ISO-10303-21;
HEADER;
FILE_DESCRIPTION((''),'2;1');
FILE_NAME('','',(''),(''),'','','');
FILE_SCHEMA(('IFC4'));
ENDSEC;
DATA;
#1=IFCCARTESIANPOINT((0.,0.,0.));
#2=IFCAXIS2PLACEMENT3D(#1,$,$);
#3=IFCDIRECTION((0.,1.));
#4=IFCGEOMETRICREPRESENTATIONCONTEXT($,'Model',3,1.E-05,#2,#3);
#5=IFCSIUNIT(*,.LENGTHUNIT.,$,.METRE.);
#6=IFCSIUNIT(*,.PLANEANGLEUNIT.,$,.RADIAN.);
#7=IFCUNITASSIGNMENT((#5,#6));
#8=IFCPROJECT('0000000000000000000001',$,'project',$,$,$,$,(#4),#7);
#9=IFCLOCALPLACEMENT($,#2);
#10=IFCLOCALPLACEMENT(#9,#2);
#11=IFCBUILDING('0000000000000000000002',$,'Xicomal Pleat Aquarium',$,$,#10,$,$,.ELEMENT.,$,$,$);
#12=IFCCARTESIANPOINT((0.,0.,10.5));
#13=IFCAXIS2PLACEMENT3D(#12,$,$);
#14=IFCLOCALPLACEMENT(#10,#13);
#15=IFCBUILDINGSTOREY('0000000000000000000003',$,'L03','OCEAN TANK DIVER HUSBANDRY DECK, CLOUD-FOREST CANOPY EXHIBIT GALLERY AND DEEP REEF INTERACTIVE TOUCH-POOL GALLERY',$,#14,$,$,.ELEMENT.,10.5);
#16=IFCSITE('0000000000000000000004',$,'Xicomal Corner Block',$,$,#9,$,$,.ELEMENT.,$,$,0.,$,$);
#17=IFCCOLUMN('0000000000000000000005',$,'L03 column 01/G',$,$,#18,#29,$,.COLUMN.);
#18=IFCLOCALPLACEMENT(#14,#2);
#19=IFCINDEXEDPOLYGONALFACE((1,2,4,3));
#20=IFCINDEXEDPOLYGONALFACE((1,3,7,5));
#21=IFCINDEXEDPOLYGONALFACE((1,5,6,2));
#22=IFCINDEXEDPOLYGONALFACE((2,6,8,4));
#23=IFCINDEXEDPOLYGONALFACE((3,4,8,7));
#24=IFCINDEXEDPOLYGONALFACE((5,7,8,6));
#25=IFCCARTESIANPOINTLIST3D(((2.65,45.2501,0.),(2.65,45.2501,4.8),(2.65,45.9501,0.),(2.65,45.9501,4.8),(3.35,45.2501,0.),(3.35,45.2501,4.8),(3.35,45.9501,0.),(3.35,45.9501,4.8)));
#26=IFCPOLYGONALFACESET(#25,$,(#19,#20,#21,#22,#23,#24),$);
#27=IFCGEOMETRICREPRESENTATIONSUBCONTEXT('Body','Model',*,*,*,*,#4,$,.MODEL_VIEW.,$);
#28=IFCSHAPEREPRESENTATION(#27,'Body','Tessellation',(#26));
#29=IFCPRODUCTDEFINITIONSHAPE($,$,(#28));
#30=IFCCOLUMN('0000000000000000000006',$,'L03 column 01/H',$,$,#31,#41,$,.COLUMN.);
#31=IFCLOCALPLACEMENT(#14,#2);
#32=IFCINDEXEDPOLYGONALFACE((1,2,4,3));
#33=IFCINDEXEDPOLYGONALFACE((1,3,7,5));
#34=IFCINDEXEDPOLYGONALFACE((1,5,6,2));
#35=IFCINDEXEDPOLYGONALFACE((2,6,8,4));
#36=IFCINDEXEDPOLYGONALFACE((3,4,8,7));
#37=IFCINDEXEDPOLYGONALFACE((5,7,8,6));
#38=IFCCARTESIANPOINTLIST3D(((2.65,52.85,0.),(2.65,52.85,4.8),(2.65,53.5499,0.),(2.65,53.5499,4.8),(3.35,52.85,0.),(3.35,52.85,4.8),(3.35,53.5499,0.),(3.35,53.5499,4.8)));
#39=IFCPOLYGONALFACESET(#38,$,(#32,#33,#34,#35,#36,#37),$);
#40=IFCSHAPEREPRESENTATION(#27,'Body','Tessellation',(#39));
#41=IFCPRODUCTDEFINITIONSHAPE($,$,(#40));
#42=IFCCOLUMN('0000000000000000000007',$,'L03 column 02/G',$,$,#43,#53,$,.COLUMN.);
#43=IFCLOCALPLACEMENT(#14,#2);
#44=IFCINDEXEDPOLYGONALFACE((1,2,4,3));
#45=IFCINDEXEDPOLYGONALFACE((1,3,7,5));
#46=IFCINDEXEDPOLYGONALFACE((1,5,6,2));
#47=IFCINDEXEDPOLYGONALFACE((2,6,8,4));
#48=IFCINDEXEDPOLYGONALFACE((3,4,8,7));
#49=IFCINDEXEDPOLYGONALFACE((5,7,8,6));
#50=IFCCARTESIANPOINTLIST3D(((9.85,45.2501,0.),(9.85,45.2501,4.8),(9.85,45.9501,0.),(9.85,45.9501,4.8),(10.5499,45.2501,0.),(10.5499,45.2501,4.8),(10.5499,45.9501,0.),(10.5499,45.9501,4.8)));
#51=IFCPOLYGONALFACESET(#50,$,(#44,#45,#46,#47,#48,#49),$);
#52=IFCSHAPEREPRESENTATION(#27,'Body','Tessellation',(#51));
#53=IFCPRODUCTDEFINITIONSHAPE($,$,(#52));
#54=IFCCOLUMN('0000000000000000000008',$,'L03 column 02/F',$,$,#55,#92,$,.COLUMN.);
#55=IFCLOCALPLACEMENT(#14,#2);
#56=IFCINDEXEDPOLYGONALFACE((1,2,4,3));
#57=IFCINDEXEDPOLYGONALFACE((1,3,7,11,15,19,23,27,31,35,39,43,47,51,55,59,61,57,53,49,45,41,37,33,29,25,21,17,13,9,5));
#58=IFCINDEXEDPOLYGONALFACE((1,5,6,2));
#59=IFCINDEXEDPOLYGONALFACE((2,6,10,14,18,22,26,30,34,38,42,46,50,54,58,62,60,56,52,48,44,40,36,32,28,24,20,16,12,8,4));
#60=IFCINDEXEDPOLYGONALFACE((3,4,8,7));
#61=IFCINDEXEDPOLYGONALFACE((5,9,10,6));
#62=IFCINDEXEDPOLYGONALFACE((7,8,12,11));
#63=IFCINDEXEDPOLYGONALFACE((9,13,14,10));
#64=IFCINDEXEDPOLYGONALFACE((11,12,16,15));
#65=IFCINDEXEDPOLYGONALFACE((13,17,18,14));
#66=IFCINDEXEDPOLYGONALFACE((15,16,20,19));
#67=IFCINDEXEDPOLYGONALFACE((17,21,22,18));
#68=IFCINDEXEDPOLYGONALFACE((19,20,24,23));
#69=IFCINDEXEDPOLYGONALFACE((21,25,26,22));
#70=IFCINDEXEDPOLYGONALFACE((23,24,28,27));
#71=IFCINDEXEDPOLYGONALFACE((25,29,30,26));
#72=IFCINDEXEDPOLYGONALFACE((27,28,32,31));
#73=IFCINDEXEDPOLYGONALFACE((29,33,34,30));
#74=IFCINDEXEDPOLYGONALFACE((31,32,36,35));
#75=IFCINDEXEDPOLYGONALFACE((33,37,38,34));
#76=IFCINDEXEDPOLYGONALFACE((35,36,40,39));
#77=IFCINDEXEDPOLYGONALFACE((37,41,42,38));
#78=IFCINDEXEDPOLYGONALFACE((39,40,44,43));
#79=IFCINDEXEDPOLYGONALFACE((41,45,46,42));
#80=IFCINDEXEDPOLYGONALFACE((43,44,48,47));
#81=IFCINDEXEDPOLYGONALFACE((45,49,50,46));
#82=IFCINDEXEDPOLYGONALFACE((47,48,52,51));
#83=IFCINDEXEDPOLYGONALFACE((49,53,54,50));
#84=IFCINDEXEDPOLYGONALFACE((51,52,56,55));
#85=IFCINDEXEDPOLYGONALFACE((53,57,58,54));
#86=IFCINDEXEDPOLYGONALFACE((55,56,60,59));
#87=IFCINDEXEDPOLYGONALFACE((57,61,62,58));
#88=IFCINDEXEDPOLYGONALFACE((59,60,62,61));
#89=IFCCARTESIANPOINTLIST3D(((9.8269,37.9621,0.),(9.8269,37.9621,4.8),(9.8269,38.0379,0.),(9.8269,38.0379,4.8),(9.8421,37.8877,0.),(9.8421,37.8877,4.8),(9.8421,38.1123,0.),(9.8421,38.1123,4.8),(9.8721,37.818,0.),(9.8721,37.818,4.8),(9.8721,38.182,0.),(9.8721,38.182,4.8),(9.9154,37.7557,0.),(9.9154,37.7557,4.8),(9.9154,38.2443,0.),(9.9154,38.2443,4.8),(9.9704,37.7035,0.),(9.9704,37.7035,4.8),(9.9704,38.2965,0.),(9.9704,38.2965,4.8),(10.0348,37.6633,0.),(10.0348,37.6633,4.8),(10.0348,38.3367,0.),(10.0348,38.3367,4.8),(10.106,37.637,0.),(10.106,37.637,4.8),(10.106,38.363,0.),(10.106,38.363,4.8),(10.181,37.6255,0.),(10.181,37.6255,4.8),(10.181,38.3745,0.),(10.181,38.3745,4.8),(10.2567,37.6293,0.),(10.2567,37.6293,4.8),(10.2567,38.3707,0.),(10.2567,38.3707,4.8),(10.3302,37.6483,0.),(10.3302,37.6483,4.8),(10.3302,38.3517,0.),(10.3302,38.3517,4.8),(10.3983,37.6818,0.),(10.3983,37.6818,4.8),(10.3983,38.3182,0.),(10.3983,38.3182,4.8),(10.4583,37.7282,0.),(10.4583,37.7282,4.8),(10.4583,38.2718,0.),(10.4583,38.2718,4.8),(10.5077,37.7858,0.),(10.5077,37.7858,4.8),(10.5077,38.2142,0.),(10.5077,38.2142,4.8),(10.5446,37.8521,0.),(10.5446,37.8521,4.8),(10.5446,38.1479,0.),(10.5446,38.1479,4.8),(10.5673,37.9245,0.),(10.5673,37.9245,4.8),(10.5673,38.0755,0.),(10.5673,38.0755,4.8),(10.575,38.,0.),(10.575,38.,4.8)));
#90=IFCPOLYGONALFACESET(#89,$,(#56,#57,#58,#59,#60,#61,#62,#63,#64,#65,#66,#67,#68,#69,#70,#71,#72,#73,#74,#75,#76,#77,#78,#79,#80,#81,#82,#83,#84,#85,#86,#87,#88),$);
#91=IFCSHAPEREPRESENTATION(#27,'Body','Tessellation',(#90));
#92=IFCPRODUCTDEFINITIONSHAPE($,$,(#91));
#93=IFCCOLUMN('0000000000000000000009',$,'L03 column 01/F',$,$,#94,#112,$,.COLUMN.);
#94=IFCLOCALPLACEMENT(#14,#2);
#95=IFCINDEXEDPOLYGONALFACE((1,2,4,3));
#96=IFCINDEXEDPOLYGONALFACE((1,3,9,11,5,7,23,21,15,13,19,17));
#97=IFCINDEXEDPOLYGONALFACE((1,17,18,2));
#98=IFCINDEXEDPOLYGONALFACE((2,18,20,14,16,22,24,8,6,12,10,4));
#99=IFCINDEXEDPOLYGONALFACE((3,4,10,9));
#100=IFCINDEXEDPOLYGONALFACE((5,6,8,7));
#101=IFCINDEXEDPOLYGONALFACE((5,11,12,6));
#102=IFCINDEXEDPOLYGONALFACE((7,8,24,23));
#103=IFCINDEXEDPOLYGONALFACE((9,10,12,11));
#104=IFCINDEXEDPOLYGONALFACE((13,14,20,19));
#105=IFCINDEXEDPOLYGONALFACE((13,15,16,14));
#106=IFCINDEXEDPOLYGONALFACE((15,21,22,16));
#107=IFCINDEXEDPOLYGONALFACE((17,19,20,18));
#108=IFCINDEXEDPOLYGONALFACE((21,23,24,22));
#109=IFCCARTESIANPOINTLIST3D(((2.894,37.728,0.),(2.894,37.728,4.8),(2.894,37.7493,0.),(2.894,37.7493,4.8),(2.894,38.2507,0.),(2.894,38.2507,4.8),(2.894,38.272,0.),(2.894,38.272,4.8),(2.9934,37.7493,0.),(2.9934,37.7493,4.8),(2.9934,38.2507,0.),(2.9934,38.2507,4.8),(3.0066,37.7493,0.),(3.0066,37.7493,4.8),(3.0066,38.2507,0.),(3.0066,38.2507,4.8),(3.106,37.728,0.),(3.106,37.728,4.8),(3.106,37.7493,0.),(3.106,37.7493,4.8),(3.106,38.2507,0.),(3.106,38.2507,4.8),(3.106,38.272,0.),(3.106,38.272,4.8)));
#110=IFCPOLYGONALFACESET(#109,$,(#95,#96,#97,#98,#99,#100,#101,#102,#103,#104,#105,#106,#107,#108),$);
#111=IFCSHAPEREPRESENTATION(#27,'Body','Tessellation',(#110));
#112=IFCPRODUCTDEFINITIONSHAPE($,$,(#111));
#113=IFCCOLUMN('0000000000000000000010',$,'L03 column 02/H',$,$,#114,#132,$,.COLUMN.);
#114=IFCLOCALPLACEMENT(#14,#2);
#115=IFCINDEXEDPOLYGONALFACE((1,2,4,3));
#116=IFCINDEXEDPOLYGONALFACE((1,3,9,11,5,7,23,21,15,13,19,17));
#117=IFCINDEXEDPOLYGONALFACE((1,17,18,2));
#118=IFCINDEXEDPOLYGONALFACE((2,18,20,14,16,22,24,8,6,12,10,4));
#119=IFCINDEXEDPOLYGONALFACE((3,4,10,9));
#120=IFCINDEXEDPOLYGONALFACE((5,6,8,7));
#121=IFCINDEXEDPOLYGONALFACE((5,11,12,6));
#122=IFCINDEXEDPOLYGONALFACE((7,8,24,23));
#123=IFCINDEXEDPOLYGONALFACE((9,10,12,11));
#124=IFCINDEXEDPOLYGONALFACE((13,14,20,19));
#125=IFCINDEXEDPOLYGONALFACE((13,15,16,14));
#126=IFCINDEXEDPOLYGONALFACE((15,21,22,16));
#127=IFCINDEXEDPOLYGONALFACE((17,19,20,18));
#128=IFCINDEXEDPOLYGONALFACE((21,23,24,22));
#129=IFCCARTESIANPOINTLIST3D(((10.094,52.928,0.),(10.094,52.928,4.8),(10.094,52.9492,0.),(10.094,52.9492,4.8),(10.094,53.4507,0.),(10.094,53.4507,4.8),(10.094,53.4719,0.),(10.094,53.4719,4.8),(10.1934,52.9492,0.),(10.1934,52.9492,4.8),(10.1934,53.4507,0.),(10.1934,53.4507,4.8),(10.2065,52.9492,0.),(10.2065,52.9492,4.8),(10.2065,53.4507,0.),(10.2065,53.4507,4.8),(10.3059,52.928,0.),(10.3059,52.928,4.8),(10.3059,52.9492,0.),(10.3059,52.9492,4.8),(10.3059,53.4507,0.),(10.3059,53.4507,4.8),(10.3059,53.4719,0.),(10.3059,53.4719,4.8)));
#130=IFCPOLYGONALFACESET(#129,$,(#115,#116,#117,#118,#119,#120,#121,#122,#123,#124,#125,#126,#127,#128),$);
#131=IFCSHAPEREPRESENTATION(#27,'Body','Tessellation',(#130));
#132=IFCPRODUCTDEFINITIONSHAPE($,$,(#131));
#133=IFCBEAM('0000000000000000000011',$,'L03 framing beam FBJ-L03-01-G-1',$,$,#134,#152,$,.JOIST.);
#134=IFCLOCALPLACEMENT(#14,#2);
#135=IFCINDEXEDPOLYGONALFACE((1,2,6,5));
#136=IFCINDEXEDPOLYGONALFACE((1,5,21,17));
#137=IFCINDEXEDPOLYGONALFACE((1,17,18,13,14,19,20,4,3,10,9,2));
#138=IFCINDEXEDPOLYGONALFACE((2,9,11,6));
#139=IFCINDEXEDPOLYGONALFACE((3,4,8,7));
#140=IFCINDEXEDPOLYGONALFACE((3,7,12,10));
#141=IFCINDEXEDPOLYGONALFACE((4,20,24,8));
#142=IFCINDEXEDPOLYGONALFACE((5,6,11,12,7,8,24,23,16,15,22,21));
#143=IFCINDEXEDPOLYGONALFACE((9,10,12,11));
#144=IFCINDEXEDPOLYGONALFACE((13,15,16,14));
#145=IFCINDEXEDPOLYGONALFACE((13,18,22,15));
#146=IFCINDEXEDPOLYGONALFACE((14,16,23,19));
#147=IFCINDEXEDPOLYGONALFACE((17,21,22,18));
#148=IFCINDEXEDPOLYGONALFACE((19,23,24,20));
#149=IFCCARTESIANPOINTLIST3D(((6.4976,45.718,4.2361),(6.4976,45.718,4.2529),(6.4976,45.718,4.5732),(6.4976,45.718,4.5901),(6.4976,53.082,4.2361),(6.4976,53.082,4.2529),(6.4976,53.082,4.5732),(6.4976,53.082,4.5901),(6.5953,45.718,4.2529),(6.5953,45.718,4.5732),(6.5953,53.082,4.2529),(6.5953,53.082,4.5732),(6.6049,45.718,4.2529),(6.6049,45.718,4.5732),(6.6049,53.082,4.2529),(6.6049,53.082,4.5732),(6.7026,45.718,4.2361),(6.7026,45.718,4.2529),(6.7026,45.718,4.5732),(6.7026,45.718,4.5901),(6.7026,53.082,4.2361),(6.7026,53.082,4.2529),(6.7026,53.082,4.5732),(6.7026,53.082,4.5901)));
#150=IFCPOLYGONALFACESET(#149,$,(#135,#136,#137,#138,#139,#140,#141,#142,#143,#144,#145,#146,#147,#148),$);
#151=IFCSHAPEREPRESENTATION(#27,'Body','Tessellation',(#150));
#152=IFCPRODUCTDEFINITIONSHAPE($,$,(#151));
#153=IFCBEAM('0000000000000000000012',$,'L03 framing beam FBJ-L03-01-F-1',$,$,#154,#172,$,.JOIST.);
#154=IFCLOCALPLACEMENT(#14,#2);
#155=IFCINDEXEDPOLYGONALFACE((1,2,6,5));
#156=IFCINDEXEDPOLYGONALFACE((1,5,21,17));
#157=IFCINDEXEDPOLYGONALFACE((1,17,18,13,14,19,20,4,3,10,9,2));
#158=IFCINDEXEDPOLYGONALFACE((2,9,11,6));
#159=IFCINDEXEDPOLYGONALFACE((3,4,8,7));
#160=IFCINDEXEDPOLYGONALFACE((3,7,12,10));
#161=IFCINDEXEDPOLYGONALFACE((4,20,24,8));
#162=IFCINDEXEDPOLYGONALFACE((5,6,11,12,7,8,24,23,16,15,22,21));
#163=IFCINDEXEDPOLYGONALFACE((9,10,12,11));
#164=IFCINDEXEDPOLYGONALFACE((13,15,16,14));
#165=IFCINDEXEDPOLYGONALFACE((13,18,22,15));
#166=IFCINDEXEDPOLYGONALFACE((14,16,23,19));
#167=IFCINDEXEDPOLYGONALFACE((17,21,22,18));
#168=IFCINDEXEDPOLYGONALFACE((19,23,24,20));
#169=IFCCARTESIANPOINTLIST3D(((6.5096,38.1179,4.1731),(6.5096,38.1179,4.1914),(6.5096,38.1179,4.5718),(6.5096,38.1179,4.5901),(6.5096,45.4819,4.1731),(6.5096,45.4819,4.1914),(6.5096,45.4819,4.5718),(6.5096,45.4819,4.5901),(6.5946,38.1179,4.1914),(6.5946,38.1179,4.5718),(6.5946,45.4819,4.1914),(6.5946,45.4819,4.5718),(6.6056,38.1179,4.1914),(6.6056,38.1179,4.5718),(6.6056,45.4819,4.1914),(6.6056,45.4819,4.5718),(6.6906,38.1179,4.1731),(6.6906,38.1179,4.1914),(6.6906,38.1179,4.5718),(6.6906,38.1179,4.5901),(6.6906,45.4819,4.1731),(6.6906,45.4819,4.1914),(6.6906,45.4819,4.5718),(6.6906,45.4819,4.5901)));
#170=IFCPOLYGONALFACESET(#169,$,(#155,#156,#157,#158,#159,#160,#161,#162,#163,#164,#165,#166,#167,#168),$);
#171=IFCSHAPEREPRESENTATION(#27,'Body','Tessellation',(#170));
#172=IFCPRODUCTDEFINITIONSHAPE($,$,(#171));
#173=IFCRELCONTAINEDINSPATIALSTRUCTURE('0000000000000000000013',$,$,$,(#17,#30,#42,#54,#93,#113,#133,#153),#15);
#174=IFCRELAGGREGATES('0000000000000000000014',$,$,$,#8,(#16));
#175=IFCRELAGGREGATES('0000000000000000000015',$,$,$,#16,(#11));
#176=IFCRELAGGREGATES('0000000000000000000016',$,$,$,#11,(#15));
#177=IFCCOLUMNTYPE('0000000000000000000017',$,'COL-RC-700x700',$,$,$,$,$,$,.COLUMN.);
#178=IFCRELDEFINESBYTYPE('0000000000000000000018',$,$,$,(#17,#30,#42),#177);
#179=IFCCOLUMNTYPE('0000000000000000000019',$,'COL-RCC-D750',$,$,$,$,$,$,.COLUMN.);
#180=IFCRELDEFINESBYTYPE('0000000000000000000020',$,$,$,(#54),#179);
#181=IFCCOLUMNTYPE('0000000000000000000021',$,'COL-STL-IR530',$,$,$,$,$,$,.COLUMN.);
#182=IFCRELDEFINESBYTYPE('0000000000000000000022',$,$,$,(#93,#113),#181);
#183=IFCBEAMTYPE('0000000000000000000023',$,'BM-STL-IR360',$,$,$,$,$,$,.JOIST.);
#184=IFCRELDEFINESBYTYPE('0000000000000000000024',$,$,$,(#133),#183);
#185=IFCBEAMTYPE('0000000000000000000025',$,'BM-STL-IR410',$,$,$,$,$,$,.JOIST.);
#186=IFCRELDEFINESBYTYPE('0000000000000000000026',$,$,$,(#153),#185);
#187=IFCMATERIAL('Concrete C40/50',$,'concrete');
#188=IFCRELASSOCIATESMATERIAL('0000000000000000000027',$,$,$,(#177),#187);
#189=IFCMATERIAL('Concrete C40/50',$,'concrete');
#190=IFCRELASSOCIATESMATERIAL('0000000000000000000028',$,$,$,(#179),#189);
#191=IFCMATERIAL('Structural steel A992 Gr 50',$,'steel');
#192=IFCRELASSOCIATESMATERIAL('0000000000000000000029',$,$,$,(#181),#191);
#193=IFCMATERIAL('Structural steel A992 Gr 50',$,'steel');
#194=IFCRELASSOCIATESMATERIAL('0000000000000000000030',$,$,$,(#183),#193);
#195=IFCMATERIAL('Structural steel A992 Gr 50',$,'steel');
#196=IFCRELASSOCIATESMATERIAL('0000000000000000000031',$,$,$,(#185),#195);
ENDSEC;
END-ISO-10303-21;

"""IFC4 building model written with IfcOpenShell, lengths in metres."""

from ifc_helpers import new_model, si_unit, direction, frame, origin, origin_2d, place, context, subcontext, project, spatial, rectangle, circle, i_section, extrude, material, material_profile, profile_set, type_object, element, save


model = new_model("IFC4")

# Units and contexts
model_context = context("Model", 3, precision=1e-05, world=origin(), true_north=direction((0.0, 1.0)))
body_context = subcontext(model_context, "Body", "Model", "MODEL_VIEW")
ifc_project = project(units=[si_unit("LENGTHUNIT", "METRE"), si_unit("PLANEANGLEUNIT", "RADIAN")], contexts=[model_context])

# Site, building, storey
site_placement = place(None, origin())
site = spatial("IfcSite", under=ifc_project, at=site_placement, Name="Xicomal Corner Block", CompositionType="ELEMENT", RefElevation=0.0)
building_placement = place(site_placement, origin())
building = spatial("IfcBuilding", under=site, at=building_placement, Name="Xicomal Pleat Aquarium", CompositionType="ELEMENT")
storey_placement = place(building_placement, frame((0.0, 0.0, 10.5)))
storey = spatial("IfcBuildingStorey", under=building, at=storey_placement, Name="L03", Description="OCEAN TANK DIVER HUSBANDRY DECK, CLOUD-FOREST CANOPY EXHIBIT GALLERY AND DEEP REEF INTERACTIVE TOUCH-POOL GALLERY", CompositionType="ELEMENT", Elevation=10.5)

# Columns
ifc_material_1 = material(Name="Concrete C40/50", Category="concrete")
ifc_material_profile_1 = material_profile(ifc_material_1, rectangle(XDim=0.7, YDim=0.7, at=origin_2d()), Name="RC 700x700")
ifc_profile_set_1 = profile_set([ifc_material_profile_1], Name="Concrete C40/50")
column_type_1 = type_object("IfcColumnType", Name="COL-RC-700x700", PredefinedType="COLUMN", material=ifc_profile_set_1)
for number, where, z_axis, x_axis, name in (
    (1, (3.0, 45.6001, 0.0), (0.0, 0.0, 1.0), (1.0, 0.0, 0.0), "L03 column 01/G"),
    (2, (3.0, 53.2, 0.0), (0.0, 0.0, 1.0), (1.0, 0.0, 0.0), "L03 column 01/H"),
    (3, (10.2, 45.6001, 0.0), (0.0, 0.0, 1.0), (1.0, 0.0, 0.0), "L03 column 02/G"),
):
    element("IfcColumn", number, at=place(storey_placement, frame(where, z_axis=z_axis, x_axis=x_axis)), inside=storey, type_object=column_type_1, Name=name, PredefinedType="COLUMN", context=body_context, shape_type="SweptSolid", body=[
        extrude(rectangle(XDim=0.7, YDim=0.7, at=origin_2d()), origin(), (0.0, 0.0, 1.0), 4.8),
    ])
ifc_material_2 = material(Name="Concrete C40/50", Category="concrete")
ifc_material_profile_2 = material_profile(ifc_material_2, circle(Radius=0.375, at=origin_2d()), Name="RCC D750")
ifc_profile_set_2 = profile_set([ifc_material_profile_2], Name="Concrete C40/50")
column_type_2 = type_object("IfcColumnType", Name="COL-RCC-D750", PredefinedType="COLUMN", material=ifc_profile_set_2)
column_placement = place(storey_placement, frame((10.2, 38.0, 0.0), z_axis=(0.0, 0.0, 1.0), x_axis=(1.0, 0.0, 0.0)))
element("IfcColumn", 4, at=column_placement, inside=storey, type_object=column_type_2, Name="L03 column 02/F", PredefinedType="COLUMN", context=body_context, shape_type="SweptSolid", body=[
    extrude(circle(Radius=0.375, at=origin_2d()), origin(), (0.0, 0.0, 1.0), 4.8),
])
ifc_material_3 = material(Name="Structural steel A992 Gr 50", Category="steel")
ifc_material_profile_3 = material_profile(ifc_material_3, i_section(OverallWidth=0.2119, OverallDepth=0.5439, WebThickness=0.0132, FlangeThickness=0.0212, at=origin_2d()), Name="IR 530x123")
ifc_profile_set_3 = profile_set([ifc_material_profile_3], Name="Structural steel A992 Gr 50")
column_type_3 = type_object("IfcColumnType", Name="COL-STL-IR530", PredefinedType="COLUMN", material=ifc_profile_set_3)
for number, where, z_axis, x_axis, name in (
    (5, (3.0, 38.0, 0.0), (0.0, 0.0, 1.0), (1.0, 0.0, 0.0), "L03 column 01/F"),
    (6, (10.2, 53.2, 0.0), (0.0, 0.0, 1.0), (1.0, 0.0, 0.0), "L03 column 02/H"),
):
    element("IfcColumn", number, at=place(storey_placement, frame(where, z_axis=z_axis, x_axis=x_axis)), inside=storey, type_object=column_type_3, Name=name, PredefinedType="COLUMN", context=body_context, shape_type="SweptSolid", body=[
        extrude(i_section(OverallWidth=0.2119, OverallDepth=0.5439, WebThickness=0.0132, FlangeThickness=0.0212, at=origin_2d()), origin(), (0.0, 0.0, 1.0), 4.8),
    ])

# Beams
ifc_material_4 = material(Name="Structural steel A992 Gr 50", Category="steel")
ifc_material_profile_4 = material_profile(ifc_material_4, i_section(OverallWidth=0.2051, OverallDepth=0.354, WebThickness=0.0095, FlangeThickness=0.0168, at=origin_2d()), Name="IR 360x79")
ifc_profile_set_4 = profile_set([ifc_material_profile_4], Name="Structural steel A992 Gr 50")
beam_type_1 = type_object("IfcBeamType", Name="BM-STL-IR360", PredefinedType="JOIST", material=ifc_profile_set_4)
beam_1_placement = place(storey_placement, frame((6.6001, 45.718, 4.4131), z_axis=(0.0, 1.0, 0.0), x_axis=(-1.0, 0.0, 0.0)))
element("IfcBeam", 7, at=beam_1_placement, inside=storey, type_object=beam_type_1, Name="L03 framing beam FBJ-L03-01-G-1", PredefinedType="JOIST", context=body_context, shape_type="SweptSolid", body=[
    extrude(i_section(OverallWidth=0.2051, OverallDepth=0.354, WebThickness=0.0095, FlangeThickness=0.0168, at=origin_2d()), origin(), (0.0, 0.0, 1.0), 7.364),
])
ifc_material_5 = material(Name="Structural steel A992 Gr 50", Category="steel")
ifc_material_profile_5 = material_profile(ifc_material_5, i_section(OverallWidth=0.1809, OverallDepth=0.417, WebThickness=0.011, FlangeThickness=0.0183, at=origin_2d()), Name="IR 410x85")
ifc_profile_set_5 = profile_set([ifc_material_profile_5], Name="Structural steel A992 Gr 50")
beam_type_2 = type_object("IfcBeamType", Name="BM-STL-IR410", PredefinedType="JOIST", material=ifc_profile_set_5)
beam_2_placement = place(storey_placement, frame((6.6001, 38.1179, 4.3816), z_axis=(0.0, 1.0, 0.0), x_axis=(-1.0, 0.0, 0.0)))
element("IfcBeam", 8, at=beam_2_placement, inside=storey, type_object=beam_type_2, Name="L03 framing beam FBJ-L03-01-F-1", PredefinedType="JOIST", context=body_context, shape_type="SweptSolid", body=[
    extrude(i_section(OverallWidth=0.1809, OverallDepth=0.417, WebThickness=0.011, FlangeThickness=0.0183, at=origin_2d()), origin(), (0.0, 0.0, 1.0), 7.364),
])

save(model, "model.ifc")
